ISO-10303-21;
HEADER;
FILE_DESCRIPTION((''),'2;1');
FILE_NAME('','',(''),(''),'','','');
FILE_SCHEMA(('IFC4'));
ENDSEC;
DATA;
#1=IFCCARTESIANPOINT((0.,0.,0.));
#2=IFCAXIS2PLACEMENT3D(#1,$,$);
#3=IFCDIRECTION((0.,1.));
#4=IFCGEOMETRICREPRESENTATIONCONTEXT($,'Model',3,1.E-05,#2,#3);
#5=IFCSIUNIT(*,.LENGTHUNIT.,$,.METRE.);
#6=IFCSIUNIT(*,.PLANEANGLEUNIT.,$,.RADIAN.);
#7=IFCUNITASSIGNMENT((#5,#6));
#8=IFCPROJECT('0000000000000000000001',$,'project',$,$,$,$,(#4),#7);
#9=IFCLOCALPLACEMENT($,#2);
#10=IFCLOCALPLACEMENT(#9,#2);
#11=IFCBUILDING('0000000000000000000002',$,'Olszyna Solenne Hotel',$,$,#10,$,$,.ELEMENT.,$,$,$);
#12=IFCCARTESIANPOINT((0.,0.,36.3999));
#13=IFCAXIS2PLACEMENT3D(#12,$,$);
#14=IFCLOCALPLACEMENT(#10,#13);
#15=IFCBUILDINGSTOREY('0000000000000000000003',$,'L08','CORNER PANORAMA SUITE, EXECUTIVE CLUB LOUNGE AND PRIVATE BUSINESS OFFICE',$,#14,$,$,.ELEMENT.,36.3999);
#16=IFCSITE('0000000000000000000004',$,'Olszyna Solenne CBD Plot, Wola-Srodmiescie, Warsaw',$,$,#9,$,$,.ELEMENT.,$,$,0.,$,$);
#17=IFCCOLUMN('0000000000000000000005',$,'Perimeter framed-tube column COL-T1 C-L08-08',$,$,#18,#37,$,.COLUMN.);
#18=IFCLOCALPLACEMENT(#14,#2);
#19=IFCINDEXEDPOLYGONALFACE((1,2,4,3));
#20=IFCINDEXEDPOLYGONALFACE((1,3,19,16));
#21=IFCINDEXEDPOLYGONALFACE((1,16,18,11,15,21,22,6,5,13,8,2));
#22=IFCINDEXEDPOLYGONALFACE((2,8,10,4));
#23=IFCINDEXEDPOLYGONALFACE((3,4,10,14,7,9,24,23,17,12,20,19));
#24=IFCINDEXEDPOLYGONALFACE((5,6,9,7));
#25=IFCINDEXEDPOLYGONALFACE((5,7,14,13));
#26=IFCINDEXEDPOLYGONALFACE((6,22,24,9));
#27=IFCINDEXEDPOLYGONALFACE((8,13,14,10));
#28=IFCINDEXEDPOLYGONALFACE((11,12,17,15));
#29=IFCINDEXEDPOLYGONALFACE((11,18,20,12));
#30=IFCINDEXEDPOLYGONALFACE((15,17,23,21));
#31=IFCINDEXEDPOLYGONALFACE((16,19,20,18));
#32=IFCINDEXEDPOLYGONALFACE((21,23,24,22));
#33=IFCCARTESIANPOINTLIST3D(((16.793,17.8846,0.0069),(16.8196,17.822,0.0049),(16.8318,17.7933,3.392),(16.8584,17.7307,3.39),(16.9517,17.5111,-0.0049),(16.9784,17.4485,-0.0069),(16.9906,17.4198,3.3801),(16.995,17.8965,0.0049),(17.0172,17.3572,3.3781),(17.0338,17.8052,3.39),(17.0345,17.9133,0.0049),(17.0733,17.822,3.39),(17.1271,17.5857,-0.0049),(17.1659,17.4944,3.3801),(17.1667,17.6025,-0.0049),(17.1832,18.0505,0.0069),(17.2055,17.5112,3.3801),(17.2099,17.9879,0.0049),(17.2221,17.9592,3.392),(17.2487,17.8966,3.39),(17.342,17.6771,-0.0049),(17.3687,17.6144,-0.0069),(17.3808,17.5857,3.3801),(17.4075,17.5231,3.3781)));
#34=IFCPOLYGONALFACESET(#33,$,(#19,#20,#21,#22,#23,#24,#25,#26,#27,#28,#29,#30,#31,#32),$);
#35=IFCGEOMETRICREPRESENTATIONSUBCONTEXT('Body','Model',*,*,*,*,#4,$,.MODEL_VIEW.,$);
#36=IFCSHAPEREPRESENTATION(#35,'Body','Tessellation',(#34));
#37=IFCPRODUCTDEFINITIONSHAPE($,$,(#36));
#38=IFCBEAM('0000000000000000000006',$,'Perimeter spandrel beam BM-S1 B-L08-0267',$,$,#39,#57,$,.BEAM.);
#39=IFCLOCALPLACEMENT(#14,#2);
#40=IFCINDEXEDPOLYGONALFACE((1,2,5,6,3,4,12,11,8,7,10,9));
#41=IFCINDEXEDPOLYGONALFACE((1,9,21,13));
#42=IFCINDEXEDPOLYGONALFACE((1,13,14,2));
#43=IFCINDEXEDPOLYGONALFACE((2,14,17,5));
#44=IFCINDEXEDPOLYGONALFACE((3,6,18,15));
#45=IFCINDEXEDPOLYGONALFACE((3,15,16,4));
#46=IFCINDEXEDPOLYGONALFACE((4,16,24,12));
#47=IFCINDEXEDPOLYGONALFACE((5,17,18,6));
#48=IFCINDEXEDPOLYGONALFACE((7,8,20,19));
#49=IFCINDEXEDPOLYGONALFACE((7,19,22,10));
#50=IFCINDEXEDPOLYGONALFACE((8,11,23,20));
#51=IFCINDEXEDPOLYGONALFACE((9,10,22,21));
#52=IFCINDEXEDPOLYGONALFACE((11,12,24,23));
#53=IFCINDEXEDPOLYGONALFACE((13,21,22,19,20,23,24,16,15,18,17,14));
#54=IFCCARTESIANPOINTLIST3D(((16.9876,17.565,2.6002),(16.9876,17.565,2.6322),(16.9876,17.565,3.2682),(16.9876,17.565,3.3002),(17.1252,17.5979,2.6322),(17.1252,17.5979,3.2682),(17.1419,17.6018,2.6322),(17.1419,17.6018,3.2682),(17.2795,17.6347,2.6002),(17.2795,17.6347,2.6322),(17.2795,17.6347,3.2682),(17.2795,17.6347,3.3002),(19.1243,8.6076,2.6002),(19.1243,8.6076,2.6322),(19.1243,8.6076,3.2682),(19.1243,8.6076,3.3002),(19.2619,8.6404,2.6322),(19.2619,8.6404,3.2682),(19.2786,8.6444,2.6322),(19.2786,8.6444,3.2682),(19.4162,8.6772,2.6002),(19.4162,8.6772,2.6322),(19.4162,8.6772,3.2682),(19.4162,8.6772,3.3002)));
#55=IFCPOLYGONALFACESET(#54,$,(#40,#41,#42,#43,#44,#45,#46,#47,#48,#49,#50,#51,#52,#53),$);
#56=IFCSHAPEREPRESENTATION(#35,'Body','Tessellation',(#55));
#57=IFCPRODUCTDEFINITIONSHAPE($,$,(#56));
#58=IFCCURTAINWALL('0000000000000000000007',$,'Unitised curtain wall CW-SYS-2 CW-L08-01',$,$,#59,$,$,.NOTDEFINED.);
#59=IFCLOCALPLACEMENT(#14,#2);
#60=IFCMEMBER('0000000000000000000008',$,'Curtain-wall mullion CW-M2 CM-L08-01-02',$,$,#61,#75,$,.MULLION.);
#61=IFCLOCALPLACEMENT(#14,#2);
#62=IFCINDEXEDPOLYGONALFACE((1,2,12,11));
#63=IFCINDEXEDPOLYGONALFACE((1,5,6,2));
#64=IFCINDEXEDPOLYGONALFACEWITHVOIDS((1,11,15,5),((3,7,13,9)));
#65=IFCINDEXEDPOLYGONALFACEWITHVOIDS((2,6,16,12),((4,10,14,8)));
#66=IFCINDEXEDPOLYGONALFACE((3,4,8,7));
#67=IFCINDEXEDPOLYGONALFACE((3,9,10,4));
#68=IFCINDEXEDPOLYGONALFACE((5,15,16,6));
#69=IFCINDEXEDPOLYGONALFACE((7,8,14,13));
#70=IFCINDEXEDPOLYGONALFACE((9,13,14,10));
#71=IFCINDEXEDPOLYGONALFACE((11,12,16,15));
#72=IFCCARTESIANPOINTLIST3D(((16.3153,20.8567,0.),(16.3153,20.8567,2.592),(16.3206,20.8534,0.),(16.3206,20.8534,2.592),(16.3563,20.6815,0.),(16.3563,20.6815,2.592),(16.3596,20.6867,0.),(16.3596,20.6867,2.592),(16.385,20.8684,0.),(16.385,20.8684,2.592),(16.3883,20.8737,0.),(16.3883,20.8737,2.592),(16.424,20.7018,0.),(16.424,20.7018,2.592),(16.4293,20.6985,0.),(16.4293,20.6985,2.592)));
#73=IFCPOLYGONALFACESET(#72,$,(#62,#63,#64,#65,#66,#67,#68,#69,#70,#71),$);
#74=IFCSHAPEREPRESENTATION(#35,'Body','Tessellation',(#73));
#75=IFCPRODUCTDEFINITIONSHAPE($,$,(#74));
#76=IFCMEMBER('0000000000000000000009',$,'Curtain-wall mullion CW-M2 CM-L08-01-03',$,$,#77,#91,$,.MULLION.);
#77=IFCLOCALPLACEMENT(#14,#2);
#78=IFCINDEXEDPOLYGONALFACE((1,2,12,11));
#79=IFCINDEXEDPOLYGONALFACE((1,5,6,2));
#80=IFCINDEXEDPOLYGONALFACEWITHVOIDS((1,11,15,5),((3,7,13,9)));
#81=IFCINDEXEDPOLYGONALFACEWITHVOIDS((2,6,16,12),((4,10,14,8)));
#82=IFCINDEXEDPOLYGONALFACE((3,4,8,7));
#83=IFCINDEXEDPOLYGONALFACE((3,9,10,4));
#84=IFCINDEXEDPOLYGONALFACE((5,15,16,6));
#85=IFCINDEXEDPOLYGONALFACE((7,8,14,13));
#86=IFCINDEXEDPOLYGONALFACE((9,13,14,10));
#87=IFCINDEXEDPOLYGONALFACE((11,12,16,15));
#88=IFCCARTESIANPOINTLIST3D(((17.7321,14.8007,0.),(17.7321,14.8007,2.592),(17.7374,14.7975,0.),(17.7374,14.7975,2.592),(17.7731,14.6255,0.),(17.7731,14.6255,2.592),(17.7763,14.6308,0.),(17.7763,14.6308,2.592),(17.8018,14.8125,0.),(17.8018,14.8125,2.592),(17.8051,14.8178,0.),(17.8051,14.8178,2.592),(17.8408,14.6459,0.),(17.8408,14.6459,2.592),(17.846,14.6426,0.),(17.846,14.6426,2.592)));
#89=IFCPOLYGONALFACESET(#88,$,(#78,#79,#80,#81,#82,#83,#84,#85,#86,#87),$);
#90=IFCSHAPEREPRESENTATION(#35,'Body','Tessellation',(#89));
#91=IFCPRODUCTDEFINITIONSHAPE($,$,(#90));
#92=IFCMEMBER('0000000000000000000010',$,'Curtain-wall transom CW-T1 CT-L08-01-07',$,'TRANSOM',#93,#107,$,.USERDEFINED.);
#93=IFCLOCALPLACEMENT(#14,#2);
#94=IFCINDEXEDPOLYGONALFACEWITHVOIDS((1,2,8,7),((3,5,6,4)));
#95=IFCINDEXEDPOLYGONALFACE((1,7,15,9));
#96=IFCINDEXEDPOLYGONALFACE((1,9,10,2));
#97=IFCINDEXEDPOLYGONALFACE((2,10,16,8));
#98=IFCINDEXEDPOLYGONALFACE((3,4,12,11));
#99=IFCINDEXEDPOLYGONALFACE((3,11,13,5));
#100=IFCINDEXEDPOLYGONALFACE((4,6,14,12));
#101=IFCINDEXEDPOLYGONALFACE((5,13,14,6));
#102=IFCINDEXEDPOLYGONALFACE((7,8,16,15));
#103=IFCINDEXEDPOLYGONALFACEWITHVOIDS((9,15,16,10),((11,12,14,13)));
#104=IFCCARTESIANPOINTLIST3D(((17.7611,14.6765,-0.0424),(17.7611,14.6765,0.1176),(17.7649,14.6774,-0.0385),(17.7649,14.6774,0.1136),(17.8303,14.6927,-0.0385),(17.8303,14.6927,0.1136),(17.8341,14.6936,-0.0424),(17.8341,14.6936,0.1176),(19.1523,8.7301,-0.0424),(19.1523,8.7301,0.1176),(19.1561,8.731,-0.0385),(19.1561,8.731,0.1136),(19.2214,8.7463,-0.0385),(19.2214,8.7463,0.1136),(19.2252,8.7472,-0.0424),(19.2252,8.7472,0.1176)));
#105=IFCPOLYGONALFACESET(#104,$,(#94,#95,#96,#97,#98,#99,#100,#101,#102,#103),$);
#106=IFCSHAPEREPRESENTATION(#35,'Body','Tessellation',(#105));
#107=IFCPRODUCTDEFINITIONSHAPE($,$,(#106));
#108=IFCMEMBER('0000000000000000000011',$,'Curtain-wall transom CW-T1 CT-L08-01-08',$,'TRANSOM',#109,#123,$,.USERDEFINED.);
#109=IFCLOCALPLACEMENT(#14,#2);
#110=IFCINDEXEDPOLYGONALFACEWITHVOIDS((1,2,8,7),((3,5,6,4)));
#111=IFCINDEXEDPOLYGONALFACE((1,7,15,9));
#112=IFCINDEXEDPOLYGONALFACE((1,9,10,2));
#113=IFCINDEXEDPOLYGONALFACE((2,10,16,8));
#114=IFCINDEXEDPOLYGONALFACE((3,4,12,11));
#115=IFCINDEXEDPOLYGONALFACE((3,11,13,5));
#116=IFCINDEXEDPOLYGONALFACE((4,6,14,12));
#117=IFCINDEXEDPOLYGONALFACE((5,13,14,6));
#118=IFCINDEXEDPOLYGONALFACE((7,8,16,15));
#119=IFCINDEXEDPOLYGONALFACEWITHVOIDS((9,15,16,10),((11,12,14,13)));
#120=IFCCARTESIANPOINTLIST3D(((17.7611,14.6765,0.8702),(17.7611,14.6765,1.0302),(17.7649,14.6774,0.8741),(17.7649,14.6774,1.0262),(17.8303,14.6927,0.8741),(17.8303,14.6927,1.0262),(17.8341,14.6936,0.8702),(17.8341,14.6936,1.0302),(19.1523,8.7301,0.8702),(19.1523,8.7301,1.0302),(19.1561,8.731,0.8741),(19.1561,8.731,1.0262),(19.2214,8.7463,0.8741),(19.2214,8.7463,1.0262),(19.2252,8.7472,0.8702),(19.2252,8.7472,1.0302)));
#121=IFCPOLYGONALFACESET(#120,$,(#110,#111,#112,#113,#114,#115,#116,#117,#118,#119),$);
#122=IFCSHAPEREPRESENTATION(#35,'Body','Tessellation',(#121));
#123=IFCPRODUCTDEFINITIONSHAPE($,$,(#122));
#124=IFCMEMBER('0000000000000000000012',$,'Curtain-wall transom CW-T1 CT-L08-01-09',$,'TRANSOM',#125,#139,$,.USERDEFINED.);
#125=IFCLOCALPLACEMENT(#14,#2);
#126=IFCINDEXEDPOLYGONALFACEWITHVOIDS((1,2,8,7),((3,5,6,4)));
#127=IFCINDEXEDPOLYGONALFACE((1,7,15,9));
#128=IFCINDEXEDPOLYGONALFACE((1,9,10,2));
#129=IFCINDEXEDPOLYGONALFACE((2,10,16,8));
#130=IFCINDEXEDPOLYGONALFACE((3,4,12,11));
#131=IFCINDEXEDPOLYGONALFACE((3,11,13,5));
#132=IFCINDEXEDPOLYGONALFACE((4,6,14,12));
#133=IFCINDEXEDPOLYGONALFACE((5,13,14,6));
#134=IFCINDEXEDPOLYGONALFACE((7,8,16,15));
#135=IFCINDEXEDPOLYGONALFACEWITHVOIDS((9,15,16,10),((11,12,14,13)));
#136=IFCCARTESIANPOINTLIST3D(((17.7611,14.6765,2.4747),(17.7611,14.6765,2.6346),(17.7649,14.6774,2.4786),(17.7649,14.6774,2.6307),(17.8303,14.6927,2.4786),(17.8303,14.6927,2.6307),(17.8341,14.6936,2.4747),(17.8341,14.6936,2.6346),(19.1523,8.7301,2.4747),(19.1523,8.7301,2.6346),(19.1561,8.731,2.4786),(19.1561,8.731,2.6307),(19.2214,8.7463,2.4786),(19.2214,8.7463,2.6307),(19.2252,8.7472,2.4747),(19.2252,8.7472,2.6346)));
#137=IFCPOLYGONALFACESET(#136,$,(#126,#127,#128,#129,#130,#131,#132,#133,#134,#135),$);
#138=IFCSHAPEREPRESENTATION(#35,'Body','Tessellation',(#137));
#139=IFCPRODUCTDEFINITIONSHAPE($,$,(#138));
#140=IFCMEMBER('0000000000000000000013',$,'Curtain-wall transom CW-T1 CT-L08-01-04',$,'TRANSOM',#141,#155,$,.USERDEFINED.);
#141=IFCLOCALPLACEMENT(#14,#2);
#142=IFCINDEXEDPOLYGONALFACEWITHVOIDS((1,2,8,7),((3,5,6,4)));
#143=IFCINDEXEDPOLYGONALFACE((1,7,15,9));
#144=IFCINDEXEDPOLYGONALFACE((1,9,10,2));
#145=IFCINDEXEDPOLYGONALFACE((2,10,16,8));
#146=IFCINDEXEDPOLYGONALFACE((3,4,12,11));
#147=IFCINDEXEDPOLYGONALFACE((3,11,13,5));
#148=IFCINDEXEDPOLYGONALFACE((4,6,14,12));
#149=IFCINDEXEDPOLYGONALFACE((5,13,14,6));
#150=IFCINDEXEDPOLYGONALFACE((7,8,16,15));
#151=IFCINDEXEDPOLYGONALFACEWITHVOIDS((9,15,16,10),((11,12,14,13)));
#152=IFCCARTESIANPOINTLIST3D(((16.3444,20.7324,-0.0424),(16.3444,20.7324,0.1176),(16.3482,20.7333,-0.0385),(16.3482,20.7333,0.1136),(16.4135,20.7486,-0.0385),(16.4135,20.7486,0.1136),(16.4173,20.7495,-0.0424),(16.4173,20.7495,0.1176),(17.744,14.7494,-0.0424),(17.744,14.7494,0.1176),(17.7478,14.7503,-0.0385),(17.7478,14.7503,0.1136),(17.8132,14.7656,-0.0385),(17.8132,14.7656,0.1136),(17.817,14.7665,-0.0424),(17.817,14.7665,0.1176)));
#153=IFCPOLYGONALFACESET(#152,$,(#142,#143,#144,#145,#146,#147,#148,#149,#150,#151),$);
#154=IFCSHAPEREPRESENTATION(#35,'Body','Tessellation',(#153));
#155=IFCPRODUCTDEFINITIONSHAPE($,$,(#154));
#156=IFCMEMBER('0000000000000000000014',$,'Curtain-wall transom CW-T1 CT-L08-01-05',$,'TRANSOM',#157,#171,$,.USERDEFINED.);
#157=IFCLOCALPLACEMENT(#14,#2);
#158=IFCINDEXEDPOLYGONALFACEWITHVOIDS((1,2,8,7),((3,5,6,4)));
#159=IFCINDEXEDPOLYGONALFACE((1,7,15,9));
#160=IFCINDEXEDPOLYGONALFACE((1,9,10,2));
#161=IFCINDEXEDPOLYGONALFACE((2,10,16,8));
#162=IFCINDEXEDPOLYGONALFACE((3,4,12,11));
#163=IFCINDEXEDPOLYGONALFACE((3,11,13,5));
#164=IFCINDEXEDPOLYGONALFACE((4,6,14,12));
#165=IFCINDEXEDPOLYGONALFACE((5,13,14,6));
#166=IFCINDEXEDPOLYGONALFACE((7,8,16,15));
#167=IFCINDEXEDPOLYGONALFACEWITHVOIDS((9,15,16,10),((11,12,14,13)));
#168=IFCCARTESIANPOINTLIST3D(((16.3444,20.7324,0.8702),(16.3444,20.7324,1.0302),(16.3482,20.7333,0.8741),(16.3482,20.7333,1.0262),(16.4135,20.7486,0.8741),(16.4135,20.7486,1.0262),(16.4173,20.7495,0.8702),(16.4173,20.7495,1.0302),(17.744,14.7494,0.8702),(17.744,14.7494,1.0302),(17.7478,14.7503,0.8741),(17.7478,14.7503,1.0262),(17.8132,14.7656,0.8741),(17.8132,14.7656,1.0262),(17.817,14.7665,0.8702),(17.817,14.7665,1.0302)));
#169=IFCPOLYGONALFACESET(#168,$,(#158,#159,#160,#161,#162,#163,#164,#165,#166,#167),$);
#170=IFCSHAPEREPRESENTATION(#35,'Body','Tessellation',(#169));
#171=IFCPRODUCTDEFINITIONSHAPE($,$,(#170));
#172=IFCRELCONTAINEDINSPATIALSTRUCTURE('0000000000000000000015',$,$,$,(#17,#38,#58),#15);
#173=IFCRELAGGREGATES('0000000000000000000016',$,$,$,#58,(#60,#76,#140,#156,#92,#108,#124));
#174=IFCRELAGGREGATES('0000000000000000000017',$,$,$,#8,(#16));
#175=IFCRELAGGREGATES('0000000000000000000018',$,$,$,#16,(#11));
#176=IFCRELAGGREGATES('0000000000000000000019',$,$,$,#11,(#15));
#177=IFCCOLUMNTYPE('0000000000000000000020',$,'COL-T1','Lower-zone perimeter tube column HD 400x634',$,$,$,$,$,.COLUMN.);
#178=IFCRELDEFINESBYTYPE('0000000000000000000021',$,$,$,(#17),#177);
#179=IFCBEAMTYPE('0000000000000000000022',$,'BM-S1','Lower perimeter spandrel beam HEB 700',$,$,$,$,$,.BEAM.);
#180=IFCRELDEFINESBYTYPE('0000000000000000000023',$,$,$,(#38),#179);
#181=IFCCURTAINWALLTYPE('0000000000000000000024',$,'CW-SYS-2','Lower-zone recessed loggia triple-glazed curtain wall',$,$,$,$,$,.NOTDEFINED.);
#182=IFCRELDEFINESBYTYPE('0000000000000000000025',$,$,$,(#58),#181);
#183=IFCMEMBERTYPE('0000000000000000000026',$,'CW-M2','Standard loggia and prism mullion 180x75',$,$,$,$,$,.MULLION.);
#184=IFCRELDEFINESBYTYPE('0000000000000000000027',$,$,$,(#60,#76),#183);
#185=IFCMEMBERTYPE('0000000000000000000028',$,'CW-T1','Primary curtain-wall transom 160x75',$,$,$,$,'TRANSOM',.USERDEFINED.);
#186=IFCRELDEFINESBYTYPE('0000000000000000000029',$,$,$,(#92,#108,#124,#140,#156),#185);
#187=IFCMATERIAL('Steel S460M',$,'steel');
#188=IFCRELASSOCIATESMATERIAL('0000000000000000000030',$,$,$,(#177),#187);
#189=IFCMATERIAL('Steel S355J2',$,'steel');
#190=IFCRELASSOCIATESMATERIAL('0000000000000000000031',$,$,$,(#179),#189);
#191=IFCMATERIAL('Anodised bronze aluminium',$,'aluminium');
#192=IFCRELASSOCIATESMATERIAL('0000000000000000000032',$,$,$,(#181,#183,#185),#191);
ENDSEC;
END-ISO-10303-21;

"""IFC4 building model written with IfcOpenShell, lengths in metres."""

from ifc_helpers import new_model, si_unit, direction, frame, origin, origin_2d, place, context, subcontext, project, spatial, hollow_rectangle, i_section, extrude, source, transform, mapped, material, material_profile, profile_set, type_object, element, aggregate, save


model = new_model("IFC4")

# Units and contexts
model_context = context("Model", 3, precision=1e-05, world=origin(), true_north=direction((0.0, 1.0)))
body_context = subcontext(model_context, "Body", "Model", "MODEL_VIEW")
ifc_project = project(units=[si_unit("LENGTHUNIT", "METRE"), si_unit("PLANEANGLEUNIT", "RADIAN")], contexts=[model_context])

# Site, building, storey
site_placement = place(None, origin())
site = spatial("IfcSite", under=ifc_project, at=site_placement, Name="Olszyna Solenne CBD Plot, Wola-Srodmiescie, Warsaw", CompositionType="ELEMENT", RefElevation=0.0)
building_placement = place(site_placement, origin())
building = spatial("IfcBuilding", under=site, at=building_placement, Name="Olszyna Solenne Hotel", CompositionType="ELEMENT")
storey_placement = place(building_placement, frame((0.0, 0.0, 36.3999)))
storey = spatial("IfcBuildingStorey", under=building, at=storey_placement, Name="L08", Description="CORNER PANORAMA SUITE, EXECUTIVE CLUB LOUNGE AND PRIVATE BUSINESS OFFICE", CompositionType="ELEMENT", Elevation=36.3999)

# Column
ifc_material_1 = material(Name="Steel S460M", Category="steel")
ifc_material_profile_1 = material_profile(ifc_material_1, i_section(OverallWidth=0.4241, OverallDepth=0.4741, WebThickness=0.043, FlangeThickness=0.0681, at=origin_2d()), Name="HD 400x634", Category="load-bearing")
ifc_profile_set_1 = profile_set([ifc_material_profile_1], Name="Steel S460M")
column_type = type_object("IfcColumnType", Name="COL-T1", Description="Lower-zone perimeter tube column HD 400x634", PredefinedType="COLUMN", material=ifc_profile_set_1)
shared_shape_1 = source(origin(), body_context, "Body", "SweptSolid", [
    extrude(i_section(OverallWidth=0.4241, OverallDepth=0.4741, WebThickness=0.043, FlangeThickness=0.0681, at=origin_2d()), origin(), (0.0, 0.0, 1.0), 3.3865),
])
column_placement = place(storey_placement, frame((17.0808, 17.7495, 0.0), z_axis=(0.011463, -0.026963, 0.999571), x_axis=(0.920287, 0.391245, 0.0)))
element("IfcColumn", 1, at=column_placement, inside=storey, type_object=column_type, Name="Perimeter framed-tube column COL-T1 C-L08-08", PredefinedType="COLUMN", context=body_context, shape_type="MappedRepresentation", body=[
    mapped(shared_shape_1, transform((0.0, 0.0, 0.0), x_axis=(1.0, 0.0, 0.0), y_axis=(0.0, 1.0, 0.0), z_axis=(0.0, 0.0, 1.0), scale=1.0)),
])

# Beam
ifc_material_2 = material(Name="Steel S355J2", Category="steel")
ifc_material_profile_2 = material_profile(ifc_material_2, i_section(OverallWidth=0.3, OverallDepth=0.7, WebThickness=0.0171, FlangeThickness=0.032, at=origin_2d()), Name="HEB 700", Category="load-bearing")
ifc_profile_set_2 = profile_set([ifc_material_profile_2], Name="Steel S355J2")
beam_type = type_object("IfcBeamType", Name="BM-S1", Description="Lower perimeter spandrel beam HEB 700", PredefinedType="BEAM", material=ifc_profile_set_2)
shared_shape_2 = source(origin(), body_context, "Body", "SweptSolid", [
    extrude(i_section(OverallWidth=0.3, OverallDepth=0.7, WebThickness=0.0171, FlangeThickness=0.032, at=origin_2d()), origin(), (0.0, 0.0, 1.0), 9.2087),
])
beam_placement = place(storey_placement, frame((17.1335, 17.5999, 2.9502), z_axis=(0.232029, -0.972709, 0.0), x_axis=(0.972709, 0.232029, 0.0)))
element("IfcBeam", 2, at=beam_placement, inside=storey, type_object=beam_type, Name="Perimeter spandrel beam BM-S1 B-L08-0267", PredefinedType="BEAM", context=body_context, shape_type="MappedRepresentation", body=[
    mapped(shared_shape_2, transform((0.0, 0.0, 0.0), x_axis=(1.0, 0.0, 0.0), y_axis=(0.0, 1.0, 0.0), z_axis=(0.0, 0.0, 1.0), scale=1.0)),
])

# Curtain wall, members
ifc_material_3 = material(Name="Anodised bronze aluminium", Category="aluminium")
curtain_wall_type = type_object("IfcCurtainWallType", Name="CW-SYS-2", Description="Lower-zone recessed loggia triple-glazed curtain wall", PredefinedType="NOTDEFINED", material=ifc_material_3)
curtain_wall_placement = place(storey_placement, origin())
curtain_wall = element("IfcCurtainWall", 3, at=curtain_wall_placement, inside=storey, type_object=curtain_wall_type, Name="Unitised curtain wall CW-SYS-2 CW-L08-01", PredefinedType="NOTDEFINED")
ifc_material_profile_3 = material_profile(ifc_material_3, hollow_rectangle(XDim=0.075, YDim=0.1799, WallThickness=0.0044, at=origin_2d()), Name="MULL 180x75x4.5", Category="load-bearing")
ifc_profile_set_3 = profile_set([ifc_material_profile_3], Name="Anodised bronze aluminium")
member_type_1 = type_object("IfcMemberType", Name="CW-M2", Description="Standard loggia and prism mullion 180x75", PredefinedType="MULLION", material=ifc_profile_set_3)
shared_shape_3 = source(origin(), body_context, "Body", "SweptSolid", [
    extrude(hollow_rectangle(XDim=0.075, YDim=0.1799, WallThickness=0.0044, at=origin_2d()), origin(), (0.0, 0.0, 1.0), 2.592),
])
member_1_placement = place(storey_placement, frame((16.3723, 20.7776, 0.0), z_axis=(0.0, 0.0, 1.0), x_axis=(0.97371, 0.22779, 0.0)))
member_1 = element("IfcMember", 4, at=member_1_placement, type_object=member_type_1, Name="Curtain-wall mullion CW-M2 CM-L08-01-02", PredefinedType="MULLION", context=body_context, shape_type="MappedRepresentation", body=[
    mapped(shared_shape_3, transform((0.0, 0.0, 0.0), x_axis=(1.0, 0.0, 0.0), y_axis=(0.0, 1.0, 0.0), z_axis=(0.0, 0.0, 1.0), scale=1.0)),
])
member_2_placement = place(storey_placement, frame((17.7891, 14.7217, 0.0), z_axis=(0.0, 0.0, 1.0), x_axis=(0.97371, 0.22779, 0.0)))
member_2 = element("IfcMember", 5, at=member_2_placement, type_object=member_type_1, Name="Curtain-wall mullion CW-M2 CM-L08-01-03", PredefinedType="MULLION", context=body_context, shape_type="MappedRepresentation", body=[
    mapped(shared_shape_3, transform((0.0, 0.0, 0.0), x_axis=(1.0, 0.0, 0.0), y_axis=(0.0, 1.0, 0.0), z_axis=(0.0, 0.0, 1.0), scale=1.0)),
])
ifc_material_profile_4 = material_profile(ifc_material_3, hollow_rectangle(XDim=0.075, YDim=0.1599, WallThickness=0.0039, at=origin_2d()), Name="TRAN 160x75x4", Category="load-bearing")
ifc_profile_set_4 = profile_set([ifc_material_profile_4], Name="Anodised bronze aluminium")
member_type_2 = type_object("IfcMemberType", Name="CW-T1", Description="Primary curtain-wall transom 160x75", ElementType="TRANSOM", PredefinedType="USERDEFINED", material=ifc_profile_set_4)
shared_shape_4 = source(origin(), body_context, "Body", "SweptSolid", [
    extrude(hollow_rectangle(XDim=0.075, YDim=0.1599, WallThickness=0.0039, at=origin_2d()), origin(), (0.0, 0.0, 1.0), 6.1069),
])
member_3_placement = place(storey_placement, frame((17.7976, 14.6851, 0.0376), z_axis=(0.227796, -0.973709, 0.0), x_axis=(0.973709, 0.227796, 0.0)))
member_3 = element("IfcMember", 6, at=member_3_placement, type_object=member_type_2, Name="Curtain-wall transom CW-T1 CT-L08-01-07", ObjectType="TRANSOM", PredefinedType="USERDEFINED", context=body_context, shape_type="MappedRepresentation", body=[
    mapped(shared_shape_4, transform((0.0, 0.0, 0.0), x_axis=(1.0, 0.0, 0.0), y_axis=(0.0, 1.0, 0.0), z_axis=(0.0, 0.0, 1.0), scale=1.0)),
])
member_4_placement = place(storey_placement, frame((17.7976, 14.6851, 0.9502), z_axis=(0.227796, -0.973709, 0.0), x_axis=(0.973709, 0.227796, 0.0)))
member_4 = element("IfcMember", 7, at=member_4_placement, type_object=member_type_2, Name="Curtain-wall transom CW-T1 CT-L08-01-08", ObjectType="TRANSOM", PredefinedType="USERDEFINED", context=body_context, shape_type="MappedRepresentation", body=[
    mapped(shared_shape_4, transform((0.0, 0.0, 0.0), x_axis=(1.0, 0.0, 0.0), y_axis=(0.0, 1.0, 0.0), z_axis=(0.0, 0.0, 1.0), scale=1.0)),
])
member_5_placement = place(storey_placement, frame((17.7976, 14.6851, 2.5547), z_axis=(0.227796, -0.973709, 0.0), x_axis=(0.973709, 0.227796, 0.0)))
member_5 = element("IfcMember", 8, at=member_5_placement, type_object=member_type_2, Name="Curtain-wall transom CW-T1 CT-L08-01-09", ObjectType="TRANSOM", PredefinedType="USERDEFINED", context=body_context, shape_type="MappedRepresentation", body=[
    mapped(shared_shape_4, transform((0.0, 0.0, 0.0), x_axis=(1.0, 0.0, 0.0), y_axis=(0.0, 1.0, 0.0), z_axis=(0.0, 0.0, 1.0), scale=1.0)),
])
shared_shape_5 = source(origin(), body_context, "Body", "SweptSolid", [
    extrude(hollow_rectangle(XDim=0.075, YDim=0.1599, WallThickness=0.0039, at=origin_2d()), origin(), (0.0, 0.0, 1.0), 6.1445),
])
member_6_placement = place(storey_placement, frame((16.3809, 20.741, 0.0376), z_axis=(0.227792, -0.97371, 0.0), x_axis=(0.97371, 0.227792, 0.0)))
member_6 = element("IfcMember", 9, at=member_6_placement, type_object=member_type_2, Name="Curtain-wall transom CW-T1 CT-L08-01-04", ObjectType="TRANSOM", PredefinedType="USERDEFINED", context=body_context, shape_type="MappedRepresentation", body=[
    mapped(shared_shape_5, transform((0.0, 0.0, 0.0), x_axis=(1.0, 0.0, 0.0), y_axis=(0.0, 1.0, 0.0), z_axis=(0.0, 0.0, 1.0), scale=1.0)),
])
member_7_placement = place(storey_placement, frame((16.3809, 20.741, 0.9502), z_axis=(0.227792, -0.97371, 0.0), x_axis=(0.97371, 0.227792, 0.0)))
member_7 = element("IfcMember", 10, at=member_7_placement, type_object=member_type_2, Name="Curtain-wall transom CW-T1 CT-L08-01-05", ObjectType="TRANSOM", PredefinedType="USERDEFINED", context=body_context, shape_type="MappedRepresentation", body=[
    mapped(shared_shape_5, transform((0.0, 0.0, 0.0), x_axis=(1.0, 0.0, 0.0), y_axis=(0.0, 1.0, 0.0), z_axis=(0.0, 0.0, 1.0), scale=1.0)),
])

aggregate(curtain_wall, [member_1, member_2, member_6, member_7, member_3, member_4, member_5])

save(model, "model.ifc")
